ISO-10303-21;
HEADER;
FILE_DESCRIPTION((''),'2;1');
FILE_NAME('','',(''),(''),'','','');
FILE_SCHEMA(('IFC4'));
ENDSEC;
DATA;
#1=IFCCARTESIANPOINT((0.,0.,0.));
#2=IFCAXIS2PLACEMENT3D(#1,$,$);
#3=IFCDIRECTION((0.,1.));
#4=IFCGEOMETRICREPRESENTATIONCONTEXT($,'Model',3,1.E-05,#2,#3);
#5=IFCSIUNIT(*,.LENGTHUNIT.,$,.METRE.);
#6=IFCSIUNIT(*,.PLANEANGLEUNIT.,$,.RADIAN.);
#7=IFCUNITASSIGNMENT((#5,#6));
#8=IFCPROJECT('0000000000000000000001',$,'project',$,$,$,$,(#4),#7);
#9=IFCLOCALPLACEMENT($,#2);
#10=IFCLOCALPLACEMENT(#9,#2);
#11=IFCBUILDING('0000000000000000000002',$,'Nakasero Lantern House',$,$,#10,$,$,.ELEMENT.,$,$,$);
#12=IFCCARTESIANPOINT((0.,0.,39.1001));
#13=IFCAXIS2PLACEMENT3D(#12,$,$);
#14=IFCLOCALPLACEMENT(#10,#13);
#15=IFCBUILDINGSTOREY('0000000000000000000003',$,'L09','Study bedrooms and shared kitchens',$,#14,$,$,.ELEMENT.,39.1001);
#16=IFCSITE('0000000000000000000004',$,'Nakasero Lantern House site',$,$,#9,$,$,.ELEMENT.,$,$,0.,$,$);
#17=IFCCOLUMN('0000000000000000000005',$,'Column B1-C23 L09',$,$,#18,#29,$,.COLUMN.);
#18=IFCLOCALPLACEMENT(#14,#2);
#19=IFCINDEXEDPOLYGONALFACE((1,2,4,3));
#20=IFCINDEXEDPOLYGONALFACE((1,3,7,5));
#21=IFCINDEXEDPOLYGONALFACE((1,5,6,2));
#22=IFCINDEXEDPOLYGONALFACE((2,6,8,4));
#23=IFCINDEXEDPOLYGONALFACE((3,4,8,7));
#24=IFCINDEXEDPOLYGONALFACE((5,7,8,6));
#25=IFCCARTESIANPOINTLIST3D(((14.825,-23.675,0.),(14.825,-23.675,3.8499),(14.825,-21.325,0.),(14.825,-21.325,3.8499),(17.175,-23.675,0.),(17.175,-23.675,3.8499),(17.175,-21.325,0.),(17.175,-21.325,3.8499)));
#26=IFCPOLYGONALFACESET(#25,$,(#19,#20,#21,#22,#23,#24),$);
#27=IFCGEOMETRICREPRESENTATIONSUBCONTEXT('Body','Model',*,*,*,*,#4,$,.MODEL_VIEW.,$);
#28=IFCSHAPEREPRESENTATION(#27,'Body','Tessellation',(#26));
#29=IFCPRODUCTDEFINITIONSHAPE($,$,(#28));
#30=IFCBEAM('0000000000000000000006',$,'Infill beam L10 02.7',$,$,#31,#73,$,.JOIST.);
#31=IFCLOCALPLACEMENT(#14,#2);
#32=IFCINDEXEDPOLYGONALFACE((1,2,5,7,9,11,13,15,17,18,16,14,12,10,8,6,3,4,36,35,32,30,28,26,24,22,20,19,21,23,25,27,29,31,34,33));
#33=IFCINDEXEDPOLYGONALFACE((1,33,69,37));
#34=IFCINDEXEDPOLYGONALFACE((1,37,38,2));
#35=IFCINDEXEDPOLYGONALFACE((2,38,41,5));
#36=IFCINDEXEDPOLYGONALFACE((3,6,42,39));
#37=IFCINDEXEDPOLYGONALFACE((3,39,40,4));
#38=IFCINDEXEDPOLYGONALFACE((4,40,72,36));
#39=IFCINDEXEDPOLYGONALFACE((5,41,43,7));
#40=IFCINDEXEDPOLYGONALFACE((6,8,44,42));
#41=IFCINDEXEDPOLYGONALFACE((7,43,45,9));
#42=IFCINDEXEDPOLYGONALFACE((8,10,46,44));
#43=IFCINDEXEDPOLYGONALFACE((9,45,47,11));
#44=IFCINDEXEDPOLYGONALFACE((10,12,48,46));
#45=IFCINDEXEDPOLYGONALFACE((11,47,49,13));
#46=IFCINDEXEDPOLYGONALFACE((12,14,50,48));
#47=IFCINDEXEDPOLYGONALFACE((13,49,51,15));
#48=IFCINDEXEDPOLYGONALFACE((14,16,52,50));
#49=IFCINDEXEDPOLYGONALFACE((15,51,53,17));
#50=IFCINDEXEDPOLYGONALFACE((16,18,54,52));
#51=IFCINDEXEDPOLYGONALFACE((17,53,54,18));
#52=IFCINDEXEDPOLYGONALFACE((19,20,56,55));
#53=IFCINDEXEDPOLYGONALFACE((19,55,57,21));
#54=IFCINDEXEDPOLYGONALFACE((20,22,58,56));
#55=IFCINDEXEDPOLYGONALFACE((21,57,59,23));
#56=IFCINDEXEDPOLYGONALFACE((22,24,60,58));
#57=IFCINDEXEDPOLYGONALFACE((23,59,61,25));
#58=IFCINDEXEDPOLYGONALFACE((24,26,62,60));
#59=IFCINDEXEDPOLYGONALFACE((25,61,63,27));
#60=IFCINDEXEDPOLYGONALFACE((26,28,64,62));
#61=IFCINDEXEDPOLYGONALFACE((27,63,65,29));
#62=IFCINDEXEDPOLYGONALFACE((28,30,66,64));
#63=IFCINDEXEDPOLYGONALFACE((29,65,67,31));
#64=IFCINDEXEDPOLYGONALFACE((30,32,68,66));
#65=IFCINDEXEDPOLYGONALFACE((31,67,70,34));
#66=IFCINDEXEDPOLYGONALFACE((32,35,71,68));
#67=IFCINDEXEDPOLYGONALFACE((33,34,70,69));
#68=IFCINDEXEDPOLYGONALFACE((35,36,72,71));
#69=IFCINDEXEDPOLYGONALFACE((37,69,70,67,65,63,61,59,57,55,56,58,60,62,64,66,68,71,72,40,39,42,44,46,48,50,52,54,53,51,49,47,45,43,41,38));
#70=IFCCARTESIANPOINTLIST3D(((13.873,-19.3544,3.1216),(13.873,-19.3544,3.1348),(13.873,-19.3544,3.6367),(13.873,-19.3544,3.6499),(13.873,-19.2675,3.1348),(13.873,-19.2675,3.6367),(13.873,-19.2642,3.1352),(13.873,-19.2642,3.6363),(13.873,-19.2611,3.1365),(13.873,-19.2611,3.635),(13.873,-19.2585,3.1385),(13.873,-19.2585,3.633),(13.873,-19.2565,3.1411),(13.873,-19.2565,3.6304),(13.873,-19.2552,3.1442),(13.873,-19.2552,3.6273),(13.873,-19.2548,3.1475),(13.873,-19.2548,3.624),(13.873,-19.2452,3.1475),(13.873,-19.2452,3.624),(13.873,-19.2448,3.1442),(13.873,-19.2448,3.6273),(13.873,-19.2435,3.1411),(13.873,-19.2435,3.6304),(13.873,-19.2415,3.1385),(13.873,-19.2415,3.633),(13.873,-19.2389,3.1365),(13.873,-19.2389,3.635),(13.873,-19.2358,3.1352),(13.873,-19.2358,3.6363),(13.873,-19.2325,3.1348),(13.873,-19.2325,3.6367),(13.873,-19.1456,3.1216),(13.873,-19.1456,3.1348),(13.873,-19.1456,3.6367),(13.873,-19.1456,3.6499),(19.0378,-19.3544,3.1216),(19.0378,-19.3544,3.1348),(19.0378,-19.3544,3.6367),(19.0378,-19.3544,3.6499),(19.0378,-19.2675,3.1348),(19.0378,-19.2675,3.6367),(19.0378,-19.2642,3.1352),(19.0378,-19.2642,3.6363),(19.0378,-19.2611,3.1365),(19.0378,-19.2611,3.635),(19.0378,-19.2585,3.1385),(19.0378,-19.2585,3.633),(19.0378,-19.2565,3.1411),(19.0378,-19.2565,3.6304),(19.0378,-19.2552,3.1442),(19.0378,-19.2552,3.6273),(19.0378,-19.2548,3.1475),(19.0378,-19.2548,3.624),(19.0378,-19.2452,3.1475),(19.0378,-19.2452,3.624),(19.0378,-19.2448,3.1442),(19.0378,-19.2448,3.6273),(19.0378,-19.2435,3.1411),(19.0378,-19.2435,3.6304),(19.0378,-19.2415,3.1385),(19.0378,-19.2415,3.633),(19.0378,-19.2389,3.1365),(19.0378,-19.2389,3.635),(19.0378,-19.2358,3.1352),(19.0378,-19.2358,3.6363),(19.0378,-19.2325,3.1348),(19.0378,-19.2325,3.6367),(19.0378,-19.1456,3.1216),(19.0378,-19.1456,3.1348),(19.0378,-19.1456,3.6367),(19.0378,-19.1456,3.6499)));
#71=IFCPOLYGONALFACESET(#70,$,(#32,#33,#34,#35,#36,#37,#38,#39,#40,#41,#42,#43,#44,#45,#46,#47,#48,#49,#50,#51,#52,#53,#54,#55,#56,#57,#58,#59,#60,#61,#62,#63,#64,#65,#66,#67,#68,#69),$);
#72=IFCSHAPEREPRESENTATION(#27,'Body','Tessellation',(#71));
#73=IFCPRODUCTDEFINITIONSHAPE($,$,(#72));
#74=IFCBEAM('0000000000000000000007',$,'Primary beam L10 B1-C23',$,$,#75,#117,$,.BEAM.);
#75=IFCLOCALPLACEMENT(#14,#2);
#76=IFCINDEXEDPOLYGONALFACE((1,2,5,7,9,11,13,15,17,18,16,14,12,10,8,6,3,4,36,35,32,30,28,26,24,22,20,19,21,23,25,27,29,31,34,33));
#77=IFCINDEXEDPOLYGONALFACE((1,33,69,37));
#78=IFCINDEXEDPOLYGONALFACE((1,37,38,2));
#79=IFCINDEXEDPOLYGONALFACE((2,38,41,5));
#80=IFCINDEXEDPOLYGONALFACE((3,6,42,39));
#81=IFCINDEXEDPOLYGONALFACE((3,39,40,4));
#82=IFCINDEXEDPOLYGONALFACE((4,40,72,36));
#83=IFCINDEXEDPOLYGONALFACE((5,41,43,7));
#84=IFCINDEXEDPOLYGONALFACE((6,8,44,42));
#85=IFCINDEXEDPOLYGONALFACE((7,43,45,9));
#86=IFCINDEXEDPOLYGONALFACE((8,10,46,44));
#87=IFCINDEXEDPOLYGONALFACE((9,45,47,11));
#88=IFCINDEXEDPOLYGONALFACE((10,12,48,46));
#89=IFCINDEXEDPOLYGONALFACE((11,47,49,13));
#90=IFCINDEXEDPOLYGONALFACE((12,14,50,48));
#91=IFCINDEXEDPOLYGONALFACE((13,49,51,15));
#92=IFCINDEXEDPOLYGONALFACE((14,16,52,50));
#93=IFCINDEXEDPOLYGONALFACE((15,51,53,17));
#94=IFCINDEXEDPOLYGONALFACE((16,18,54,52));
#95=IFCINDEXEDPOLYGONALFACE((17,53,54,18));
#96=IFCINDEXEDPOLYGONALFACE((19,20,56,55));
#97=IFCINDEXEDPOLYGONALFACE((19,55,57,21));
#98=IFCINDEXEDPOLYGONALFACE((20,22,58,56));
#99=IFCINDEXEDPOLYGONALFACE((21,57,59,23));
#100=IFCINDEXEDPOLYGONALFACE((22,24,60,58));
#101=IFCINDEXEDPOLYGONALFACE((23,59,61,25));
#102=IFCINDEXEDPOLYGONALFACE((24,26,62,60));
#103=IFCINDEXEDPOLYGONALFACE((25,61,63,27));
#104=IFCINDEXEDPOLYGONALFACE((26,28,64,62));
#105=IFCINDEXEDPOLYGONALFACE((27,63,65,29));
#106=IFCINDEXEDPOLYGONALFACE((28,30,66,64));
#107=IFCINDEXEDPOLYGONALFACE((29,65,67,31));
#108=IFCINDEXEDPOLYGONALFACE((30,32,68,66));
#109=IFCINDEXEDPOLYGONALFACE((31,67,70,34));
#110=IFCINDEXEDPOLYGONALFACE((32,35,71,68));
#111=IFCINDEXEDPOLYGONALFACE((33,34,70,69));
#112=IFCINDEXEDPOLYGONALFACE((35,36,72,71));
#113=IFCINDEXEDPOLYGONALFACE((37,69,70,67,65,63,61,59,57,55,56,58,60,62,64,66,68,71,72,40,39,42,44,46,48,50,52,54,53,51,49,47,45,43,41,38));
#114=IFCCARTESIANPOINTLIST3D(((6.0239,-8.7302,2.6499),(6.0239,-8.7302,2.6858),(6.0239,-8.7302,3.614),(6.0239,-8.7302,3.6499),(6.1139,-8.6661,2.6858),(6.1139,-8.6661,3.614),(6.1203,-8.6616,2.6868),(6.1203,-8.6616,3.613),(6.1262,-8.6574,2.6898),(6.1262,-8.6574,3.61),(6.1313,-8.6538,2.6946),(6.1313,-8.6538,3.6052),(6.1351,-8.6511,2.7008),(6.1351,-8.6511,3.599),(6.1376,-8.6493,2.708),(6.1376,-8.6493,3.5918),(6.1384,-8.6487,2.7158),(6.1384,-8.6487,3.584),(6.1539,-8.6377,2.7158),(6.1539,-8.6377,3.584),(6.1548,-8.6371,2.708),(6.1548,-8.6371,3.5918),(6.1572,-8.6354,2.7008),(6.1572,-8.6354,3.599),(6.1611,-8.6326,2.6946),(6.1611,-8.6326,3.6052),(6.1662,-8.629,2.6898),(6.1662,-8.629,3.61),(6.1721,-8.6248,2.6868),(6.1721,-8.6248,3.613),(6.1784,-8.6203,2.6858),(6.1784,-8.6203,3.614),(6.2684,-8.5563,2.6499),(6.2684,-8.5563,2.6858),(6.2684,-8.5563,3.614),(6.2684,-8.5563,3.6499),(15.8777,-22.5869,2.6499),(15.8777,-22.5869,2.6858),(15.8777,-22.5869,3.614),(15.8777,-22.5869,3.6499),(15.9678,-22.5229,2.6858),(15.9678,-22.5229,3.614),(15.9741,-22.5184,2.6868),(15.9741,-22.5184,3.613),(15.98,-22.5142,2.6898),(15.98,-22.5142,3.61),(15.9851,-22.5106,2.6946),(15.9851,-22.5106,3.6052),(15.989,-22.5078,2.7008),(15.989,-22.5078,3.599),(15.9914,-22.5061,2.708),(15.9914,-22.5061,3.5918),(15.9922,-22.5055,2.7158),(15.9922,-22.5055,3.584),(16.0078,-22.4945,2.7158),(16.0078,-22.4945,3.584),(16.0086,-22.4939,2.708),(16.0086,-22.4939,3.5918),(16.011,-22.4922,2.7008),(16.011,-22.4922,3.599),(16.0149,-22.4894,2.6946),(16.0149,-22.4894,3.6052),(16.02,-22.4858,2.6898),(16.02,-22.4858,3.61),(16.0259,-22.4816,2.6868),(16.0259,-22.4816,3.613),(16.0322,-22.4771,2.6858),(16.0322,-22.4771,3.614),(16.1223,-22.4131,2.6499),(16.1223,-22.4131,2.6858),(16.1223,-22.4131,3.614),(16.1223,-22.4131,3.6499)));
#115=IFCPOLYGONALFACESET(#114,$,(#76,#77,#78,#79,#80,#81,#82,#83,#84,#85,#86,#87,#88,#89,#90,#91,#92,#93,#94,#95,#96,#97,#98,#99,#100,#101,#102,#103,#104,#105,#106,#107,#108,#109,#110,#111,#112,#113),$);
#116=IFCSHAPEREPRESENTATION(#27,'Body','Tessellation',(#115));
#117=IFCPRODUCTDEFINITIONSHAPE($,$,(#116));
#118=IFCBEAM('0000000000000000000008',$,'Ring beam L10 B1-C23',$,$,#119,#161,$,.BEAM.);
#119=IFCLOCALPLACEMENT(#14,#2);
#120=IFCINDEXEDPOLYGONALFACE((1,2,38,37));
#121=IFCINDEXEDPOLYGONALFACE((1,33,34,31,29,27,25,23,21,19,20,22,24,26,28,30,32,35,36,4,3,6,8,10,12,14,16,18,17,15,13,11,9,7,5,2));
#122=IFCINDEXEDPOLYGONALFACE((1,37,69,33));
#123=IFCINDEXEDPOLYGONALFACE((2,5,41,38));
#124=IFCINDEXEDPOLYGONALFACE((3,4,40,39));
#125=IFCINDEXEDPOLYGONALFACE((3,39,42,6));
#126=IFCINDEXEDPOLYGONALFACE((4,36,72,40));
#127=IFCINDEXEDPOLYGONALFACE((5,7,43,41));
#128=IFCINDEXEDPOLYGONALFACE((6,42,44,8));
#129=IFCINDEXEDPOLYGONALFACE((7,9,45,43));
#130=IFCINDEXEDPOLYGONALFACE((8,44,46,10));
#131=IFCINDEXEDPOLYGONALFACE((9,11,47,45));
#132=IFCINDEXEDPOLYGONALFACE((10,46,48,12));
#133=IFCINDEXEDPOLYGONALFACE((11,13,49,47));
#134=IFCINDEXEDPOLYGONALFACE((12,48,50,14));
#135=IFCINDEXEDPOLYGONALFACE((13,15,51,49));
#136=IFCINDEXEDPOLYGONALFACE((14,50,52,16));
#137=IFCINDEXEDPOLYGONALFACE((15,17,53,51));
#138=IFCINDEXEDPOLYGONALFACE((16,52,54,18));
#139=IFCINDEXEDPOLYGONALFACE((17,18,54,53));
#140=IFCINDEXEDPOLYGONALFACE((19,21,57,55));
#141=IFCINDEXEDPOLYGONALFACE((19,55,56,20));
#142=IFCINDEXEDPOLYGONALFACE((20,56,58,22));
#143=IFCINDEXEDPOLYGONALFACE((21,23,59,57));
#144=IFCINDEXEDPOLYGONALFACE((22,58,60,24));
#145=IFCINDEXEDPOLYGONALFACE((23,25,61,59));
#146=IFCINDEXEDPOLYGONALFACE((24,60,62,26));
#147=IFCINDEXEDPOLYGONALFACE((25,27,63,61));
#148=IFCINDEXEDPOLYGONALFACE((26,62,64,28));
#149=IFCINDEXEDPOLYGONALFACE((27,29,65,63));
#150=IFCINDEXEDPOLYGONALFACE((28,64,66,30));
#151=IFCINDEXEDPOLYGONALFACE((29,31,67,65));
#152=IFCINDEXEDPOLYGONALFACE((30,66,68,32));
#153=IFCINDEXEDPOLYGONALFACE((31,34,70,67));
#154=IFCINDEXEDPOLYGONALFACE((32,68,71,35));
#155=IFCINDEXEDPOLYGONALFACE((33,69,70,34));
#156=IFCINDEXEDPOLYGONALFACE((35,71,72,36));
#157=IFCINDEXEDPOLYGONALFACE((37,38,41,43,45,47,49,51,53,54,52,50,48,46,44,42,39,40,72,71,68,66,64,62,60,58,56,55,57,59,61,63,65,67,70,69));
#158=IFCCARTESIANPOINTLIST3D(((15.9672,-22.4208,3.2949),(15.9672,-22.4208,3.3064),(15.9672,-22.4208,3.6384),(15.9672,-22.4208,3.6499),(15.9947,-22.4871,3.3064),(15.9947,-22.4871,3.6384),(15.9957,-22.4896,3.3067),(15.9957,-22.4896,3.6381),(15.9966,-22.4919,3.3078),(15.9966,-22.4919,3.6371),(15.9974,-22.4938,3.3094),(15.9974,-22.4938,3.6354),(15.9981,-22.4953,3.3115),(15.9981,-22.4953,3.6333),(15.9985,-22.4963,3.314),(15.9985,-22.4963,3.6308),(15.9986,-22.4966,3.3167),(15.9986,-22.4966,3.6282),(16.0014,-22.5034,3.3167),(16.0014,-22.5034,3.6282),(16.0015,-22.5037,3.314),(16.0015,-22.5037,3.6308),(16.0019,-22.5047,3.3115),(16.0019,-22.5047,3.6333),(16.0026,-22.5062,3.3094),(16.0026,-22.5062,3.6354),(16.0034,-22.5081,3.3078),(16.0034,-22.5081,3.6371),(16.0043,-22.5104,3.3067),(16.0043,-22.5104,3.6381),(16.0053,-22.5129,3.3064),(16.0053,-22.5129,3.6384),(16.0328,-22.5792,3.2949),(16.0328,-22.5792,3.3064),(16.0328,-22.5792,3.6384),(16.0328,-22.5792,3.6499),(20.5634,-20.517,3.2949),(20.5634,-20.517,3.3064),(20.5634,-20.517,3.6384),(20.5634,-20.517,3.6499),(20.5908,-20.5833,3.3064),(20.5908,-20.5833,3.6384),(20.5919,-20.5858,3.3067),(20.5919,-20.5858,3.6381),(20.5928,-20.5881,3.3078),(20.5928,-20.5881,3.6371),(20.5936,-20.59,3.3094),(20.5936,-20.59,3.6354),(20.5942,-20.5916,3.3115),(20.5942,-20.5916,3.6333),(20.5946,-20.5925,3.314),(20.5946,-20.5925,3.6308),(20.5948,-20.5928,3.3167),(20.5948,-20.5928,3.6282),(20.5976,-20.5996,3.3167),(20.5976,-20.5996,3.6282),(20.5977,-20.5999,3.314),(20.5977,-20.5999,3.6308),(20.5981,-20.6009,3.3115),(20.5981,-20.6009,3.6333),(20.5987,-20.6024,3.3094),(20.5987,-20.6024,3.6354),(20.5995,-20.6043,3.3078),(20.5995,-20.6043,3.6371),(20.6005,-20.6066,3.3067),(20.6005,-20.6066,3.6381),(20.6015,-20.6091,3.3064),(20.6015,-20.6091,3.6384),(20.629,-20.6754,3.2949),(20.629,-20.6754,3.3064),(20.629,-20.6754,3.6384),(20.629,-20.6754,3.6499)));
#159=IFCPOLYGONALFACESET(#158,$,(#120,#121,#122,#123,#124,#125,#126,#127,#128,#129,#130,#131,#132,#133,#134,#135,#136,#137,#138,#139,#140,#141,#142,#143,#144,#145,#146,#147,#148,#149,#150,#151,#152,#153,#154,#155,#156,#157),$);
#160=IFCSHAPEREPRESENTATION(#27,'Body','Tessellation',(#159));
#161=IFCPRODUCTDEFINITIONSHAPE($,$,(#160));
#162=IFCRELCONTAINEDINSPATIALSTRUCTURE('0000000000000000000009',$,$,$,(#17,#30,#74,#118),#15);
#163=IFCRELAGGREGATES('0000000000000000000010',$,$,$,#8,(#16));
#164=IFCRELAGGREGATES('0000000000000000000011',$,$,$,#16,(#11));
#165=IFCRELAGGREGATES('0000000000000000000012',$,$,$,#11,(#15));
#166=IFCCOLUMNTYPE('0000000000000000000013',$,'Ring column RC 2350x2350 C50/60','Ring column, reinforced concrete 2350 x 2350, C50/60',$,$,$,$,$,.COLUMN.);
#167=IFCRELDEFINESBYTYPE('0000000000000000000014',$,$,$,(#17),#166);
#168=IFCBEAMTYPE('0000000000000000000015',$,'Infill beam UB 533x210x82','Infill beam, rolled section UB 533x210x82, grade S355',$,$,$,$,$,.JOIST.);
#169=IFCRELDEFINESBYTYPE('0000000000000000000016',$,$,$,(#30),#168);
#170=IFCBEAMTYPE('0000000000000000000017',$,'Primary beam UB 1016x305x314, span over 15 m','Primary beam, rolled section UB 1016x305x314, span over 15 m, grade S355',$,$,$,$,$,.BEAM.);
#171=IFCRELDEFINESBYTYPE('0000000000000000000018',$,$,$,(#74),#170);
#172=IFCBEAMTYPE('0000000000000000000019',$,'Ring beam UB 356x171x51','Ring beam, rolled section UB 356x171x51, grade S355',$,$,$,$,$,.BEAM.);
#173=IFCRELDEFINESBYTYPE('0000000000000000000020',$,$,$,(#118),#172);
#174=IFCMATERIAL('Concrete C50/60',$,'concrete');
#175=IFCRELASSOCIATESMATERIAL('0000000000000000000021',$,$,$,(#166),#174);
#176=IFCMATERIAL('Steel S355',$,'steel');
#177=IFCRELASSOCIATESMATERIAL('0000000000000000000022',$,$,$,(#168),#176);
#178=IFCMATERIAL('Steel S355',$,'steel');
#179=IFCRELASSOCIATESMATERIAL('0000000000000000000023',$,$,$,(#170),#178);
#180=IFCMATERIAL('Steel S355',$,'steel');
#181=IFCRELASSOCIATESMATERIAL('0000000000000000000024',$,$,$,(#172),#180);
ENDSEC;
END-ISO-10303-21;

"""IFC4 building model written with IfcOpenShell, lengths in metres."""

from ifc_helpers import new_model, si_unit, direction, frame, origin, origin_2d, place, context, subcontext, project, spatial, rectangle, i_section, extrude, material, material_profile, profile_set, type_object, element, save


model = new_model("IFC4")

# Units and contexts
model_context = context("Model", 3, precision=1e-05, world=origin(), true_north=direction((0.0, 1.0)))
body_context = subcontext(model_context, "Body", "Model", "MODEL_VIEW")
ifc_project = project(units=[si_unit("LENGTHUNIT", "METRE"), si_unit("PLANEANGLEUNIT", "RADIAN")], contexts=[model_context])

# Site, building, storey
site_placement = place(None, origin())
site = spatial("IfcSite", under=ifc_project, at=site_placement, Name="Nakasero Lantern House site", CompositionType="ELEMENT", RefElevation=0.0)
building_placement = place(site_placement, origin())
building = spatial("IfcBuilding", under=site, at=building_placement, Name="Nakasero Lantern House", CompositionType="ELEMENT")
storey_placement = place(building_placement, frame((0.0, 0.0, 39.1001)))
storey = spatial("IfcBuildingStorey", under=building, at=storey_placement, Name="L09", Description="Study bedrooms and shared kitchens", CompositionType="ELEMENT", Elevation=39.1001)

# Column
ifc_material_1 = material(Name="Concrete C50/60", Category="concrete")
ifc_material_profile_1 = material_profile(ifc_material_1, rectangle(XDim=2.3501, YDim=2.3501, at=origin_2d()), Name="RC 2350x2350")
ifc_profile_set_1 = profile_set([ifc_material_profile_1], Name="Concrete C50/60")
column_type = type_object("IfcColumnType", Name="Ring column RC 2350x2350 C50/60", Description="Ring column, reinforced concrete 2350 x 2350, C50/60", PredefinedType="COLUMN", material=ifc_profile_set_1)
column_placement = place(storey_placement, frame((16.0, -22.5, 0.0), z_axis=(0.0, 0.0, 1.0), x_axis=(1.0, 0.0, 0.0)))
element("IfcColumn", 1, at=column_placement, inside=storey, type_object=column_type, Name="Column B1-C23 L09", PredefinedType="COLUMN", context=body_context, shape_type="SweptSolid", body=[
    extrude(rectangle(XDim=2.3501, YDim=2.3501, at=origin_2d()), origin(), (0.0, 0.0, 1.0), 3.8499),
])

# Beams
ifc_material_2 = material(Name="Steel S355", Category="steel")
ifc_material_profile_2 = material_profile(ifc_material_2, i_section(OverallWidth=0.2087, OverallDepth=0.5283, WebThickness=0.0095, FlangeThickness=0.0132, FilletRadius=0.0127, at=origin_2d()), Name="UB 533x210x82")
ifc_profile_set_2 = profile_set([ifc_material_profile_2], Name="Steel S355")
beam_type_1 = type_object("IfcBeamType", Name="Infill beam UB 533x210x82", Description="Infill beam, rolled section UB 533x210x82, grade S355", PredefinedType="JOIST", material=ifc_profile_set_2)
beam_1_placement = place(storey_placement, frame((13.873, -19.25, 3.3857), z_axis=(1.0, 0.0, 0.0), x_axis=(0.0, 1.0, 0.0)))
element("IfcBeam", 2, at=beam_1_placement, inside=storey, type_object=beam_type_1, Name="Infill beam L10 02.7", PredefinedType="JOIST", context=body_context, shape_type="SweptSolid", body=[
    extrude(i_section(OverallWidth=0.2087, OverallDepth=0.5283, WebThickness=0.0095, FlangeThickness=0.0132, FilletRadius=0.0127, at=origin_2d()), origin(), (0.0, 0.0, 1.0), 5.1648),
])
ifc_material_3 = material(Name="Steel S355", Category="steel")
ifc_material_profile_3 = material_profile(ifc_material_3, i_section(OverallWidth=0.3, OverallDepth=1.0, WebThickness=0.019, FlangeThickness=0.0359, FilletRadius=0.03, at=origin_2d()), Name="UB 1016x305x314")
ifc_profile_set_3 = profile_set([ifc_material_profile_3], Name="Steel S355")
beam_type_2 = type_object("IfcBeamType", Name="Primary beam UB 1016x305x314, span over 15 m", Description="Primary beam, rolled section UB 1016x305x314, span over 15 m, grade S355", PredefinedType="BEAM", material=ifc_profile_set_3)
beam_2_placement = place(storey_placement, frame((16.0, -22.5, 3.1499), z_axis=(-0.579528, 0.814952, 0.0), x_axis=(-0.814952, -0.579528, 0.0)))
element("IfcBeam", 3, at=beam_2_placement, inside=storey, type_object=beam_type_2, Name="Primary beam L10 B1-C23", PredefinedType="BEAM", context=body_context, shape_type="SweptSolid", body=[
    extrude(i_section(OverallWidth=0.3, OverallDepth=1.0, WebThickness=0.019, FlangeThickness=0.0359, FilletRadius=0.03, at=origin_2d()), origin(), (0.0, 0.0, 1.0), 17.0032),
])
ifc_material_4 = material(Name="Steel S355", Category="steel")
ifc_material_profile_4 = material_profile(ifc_material_4, i_section(OverallWidth=0.1714, OverallDepth=0.355, WebThickness=0.0073, FlangeThickness=0.0115, FilletRadius=0.0103, at=origin_2d()), Name="UB 356x171x51")
ifc_profile_set_4 = profile_set([ifc_material_profile_4], Name="Steel S355")
beam_type_3 = type_object("IfcBeamType", Name="Ring beam UB 356x171x51", Description="Ring beam, rolled section UB 356x171x51, grade S355", PredefinedType="BEAM", material=ifc_profile_set_4)
beam_3_placement = place(storey_placement, frame((16.0, -22.5, 3.4724), z_axis=(0.923879, 0.382684, 0.0), x_axis=(-0.382684, 0.923879, 0.0)))
element("IfcBeam", 4, at=beam_3_placement, inside=storey, type_object=beam_type_3, Name="Ring beam L10 B1-C23", PredefinedType="BEAM", context=body_context, shape_type="SweptSolid", body=[
    extrude(i_section(OverallWidth=0.1714, OverallDepth=0.355, WebThickness=0.0073, FlangeThickness=0.0115, FilletRadius=0.0103, at=origin_2d()), origin(), (0.0, 0.0, 1.0), 4.9749),
])

save(model, "model.ifc")
